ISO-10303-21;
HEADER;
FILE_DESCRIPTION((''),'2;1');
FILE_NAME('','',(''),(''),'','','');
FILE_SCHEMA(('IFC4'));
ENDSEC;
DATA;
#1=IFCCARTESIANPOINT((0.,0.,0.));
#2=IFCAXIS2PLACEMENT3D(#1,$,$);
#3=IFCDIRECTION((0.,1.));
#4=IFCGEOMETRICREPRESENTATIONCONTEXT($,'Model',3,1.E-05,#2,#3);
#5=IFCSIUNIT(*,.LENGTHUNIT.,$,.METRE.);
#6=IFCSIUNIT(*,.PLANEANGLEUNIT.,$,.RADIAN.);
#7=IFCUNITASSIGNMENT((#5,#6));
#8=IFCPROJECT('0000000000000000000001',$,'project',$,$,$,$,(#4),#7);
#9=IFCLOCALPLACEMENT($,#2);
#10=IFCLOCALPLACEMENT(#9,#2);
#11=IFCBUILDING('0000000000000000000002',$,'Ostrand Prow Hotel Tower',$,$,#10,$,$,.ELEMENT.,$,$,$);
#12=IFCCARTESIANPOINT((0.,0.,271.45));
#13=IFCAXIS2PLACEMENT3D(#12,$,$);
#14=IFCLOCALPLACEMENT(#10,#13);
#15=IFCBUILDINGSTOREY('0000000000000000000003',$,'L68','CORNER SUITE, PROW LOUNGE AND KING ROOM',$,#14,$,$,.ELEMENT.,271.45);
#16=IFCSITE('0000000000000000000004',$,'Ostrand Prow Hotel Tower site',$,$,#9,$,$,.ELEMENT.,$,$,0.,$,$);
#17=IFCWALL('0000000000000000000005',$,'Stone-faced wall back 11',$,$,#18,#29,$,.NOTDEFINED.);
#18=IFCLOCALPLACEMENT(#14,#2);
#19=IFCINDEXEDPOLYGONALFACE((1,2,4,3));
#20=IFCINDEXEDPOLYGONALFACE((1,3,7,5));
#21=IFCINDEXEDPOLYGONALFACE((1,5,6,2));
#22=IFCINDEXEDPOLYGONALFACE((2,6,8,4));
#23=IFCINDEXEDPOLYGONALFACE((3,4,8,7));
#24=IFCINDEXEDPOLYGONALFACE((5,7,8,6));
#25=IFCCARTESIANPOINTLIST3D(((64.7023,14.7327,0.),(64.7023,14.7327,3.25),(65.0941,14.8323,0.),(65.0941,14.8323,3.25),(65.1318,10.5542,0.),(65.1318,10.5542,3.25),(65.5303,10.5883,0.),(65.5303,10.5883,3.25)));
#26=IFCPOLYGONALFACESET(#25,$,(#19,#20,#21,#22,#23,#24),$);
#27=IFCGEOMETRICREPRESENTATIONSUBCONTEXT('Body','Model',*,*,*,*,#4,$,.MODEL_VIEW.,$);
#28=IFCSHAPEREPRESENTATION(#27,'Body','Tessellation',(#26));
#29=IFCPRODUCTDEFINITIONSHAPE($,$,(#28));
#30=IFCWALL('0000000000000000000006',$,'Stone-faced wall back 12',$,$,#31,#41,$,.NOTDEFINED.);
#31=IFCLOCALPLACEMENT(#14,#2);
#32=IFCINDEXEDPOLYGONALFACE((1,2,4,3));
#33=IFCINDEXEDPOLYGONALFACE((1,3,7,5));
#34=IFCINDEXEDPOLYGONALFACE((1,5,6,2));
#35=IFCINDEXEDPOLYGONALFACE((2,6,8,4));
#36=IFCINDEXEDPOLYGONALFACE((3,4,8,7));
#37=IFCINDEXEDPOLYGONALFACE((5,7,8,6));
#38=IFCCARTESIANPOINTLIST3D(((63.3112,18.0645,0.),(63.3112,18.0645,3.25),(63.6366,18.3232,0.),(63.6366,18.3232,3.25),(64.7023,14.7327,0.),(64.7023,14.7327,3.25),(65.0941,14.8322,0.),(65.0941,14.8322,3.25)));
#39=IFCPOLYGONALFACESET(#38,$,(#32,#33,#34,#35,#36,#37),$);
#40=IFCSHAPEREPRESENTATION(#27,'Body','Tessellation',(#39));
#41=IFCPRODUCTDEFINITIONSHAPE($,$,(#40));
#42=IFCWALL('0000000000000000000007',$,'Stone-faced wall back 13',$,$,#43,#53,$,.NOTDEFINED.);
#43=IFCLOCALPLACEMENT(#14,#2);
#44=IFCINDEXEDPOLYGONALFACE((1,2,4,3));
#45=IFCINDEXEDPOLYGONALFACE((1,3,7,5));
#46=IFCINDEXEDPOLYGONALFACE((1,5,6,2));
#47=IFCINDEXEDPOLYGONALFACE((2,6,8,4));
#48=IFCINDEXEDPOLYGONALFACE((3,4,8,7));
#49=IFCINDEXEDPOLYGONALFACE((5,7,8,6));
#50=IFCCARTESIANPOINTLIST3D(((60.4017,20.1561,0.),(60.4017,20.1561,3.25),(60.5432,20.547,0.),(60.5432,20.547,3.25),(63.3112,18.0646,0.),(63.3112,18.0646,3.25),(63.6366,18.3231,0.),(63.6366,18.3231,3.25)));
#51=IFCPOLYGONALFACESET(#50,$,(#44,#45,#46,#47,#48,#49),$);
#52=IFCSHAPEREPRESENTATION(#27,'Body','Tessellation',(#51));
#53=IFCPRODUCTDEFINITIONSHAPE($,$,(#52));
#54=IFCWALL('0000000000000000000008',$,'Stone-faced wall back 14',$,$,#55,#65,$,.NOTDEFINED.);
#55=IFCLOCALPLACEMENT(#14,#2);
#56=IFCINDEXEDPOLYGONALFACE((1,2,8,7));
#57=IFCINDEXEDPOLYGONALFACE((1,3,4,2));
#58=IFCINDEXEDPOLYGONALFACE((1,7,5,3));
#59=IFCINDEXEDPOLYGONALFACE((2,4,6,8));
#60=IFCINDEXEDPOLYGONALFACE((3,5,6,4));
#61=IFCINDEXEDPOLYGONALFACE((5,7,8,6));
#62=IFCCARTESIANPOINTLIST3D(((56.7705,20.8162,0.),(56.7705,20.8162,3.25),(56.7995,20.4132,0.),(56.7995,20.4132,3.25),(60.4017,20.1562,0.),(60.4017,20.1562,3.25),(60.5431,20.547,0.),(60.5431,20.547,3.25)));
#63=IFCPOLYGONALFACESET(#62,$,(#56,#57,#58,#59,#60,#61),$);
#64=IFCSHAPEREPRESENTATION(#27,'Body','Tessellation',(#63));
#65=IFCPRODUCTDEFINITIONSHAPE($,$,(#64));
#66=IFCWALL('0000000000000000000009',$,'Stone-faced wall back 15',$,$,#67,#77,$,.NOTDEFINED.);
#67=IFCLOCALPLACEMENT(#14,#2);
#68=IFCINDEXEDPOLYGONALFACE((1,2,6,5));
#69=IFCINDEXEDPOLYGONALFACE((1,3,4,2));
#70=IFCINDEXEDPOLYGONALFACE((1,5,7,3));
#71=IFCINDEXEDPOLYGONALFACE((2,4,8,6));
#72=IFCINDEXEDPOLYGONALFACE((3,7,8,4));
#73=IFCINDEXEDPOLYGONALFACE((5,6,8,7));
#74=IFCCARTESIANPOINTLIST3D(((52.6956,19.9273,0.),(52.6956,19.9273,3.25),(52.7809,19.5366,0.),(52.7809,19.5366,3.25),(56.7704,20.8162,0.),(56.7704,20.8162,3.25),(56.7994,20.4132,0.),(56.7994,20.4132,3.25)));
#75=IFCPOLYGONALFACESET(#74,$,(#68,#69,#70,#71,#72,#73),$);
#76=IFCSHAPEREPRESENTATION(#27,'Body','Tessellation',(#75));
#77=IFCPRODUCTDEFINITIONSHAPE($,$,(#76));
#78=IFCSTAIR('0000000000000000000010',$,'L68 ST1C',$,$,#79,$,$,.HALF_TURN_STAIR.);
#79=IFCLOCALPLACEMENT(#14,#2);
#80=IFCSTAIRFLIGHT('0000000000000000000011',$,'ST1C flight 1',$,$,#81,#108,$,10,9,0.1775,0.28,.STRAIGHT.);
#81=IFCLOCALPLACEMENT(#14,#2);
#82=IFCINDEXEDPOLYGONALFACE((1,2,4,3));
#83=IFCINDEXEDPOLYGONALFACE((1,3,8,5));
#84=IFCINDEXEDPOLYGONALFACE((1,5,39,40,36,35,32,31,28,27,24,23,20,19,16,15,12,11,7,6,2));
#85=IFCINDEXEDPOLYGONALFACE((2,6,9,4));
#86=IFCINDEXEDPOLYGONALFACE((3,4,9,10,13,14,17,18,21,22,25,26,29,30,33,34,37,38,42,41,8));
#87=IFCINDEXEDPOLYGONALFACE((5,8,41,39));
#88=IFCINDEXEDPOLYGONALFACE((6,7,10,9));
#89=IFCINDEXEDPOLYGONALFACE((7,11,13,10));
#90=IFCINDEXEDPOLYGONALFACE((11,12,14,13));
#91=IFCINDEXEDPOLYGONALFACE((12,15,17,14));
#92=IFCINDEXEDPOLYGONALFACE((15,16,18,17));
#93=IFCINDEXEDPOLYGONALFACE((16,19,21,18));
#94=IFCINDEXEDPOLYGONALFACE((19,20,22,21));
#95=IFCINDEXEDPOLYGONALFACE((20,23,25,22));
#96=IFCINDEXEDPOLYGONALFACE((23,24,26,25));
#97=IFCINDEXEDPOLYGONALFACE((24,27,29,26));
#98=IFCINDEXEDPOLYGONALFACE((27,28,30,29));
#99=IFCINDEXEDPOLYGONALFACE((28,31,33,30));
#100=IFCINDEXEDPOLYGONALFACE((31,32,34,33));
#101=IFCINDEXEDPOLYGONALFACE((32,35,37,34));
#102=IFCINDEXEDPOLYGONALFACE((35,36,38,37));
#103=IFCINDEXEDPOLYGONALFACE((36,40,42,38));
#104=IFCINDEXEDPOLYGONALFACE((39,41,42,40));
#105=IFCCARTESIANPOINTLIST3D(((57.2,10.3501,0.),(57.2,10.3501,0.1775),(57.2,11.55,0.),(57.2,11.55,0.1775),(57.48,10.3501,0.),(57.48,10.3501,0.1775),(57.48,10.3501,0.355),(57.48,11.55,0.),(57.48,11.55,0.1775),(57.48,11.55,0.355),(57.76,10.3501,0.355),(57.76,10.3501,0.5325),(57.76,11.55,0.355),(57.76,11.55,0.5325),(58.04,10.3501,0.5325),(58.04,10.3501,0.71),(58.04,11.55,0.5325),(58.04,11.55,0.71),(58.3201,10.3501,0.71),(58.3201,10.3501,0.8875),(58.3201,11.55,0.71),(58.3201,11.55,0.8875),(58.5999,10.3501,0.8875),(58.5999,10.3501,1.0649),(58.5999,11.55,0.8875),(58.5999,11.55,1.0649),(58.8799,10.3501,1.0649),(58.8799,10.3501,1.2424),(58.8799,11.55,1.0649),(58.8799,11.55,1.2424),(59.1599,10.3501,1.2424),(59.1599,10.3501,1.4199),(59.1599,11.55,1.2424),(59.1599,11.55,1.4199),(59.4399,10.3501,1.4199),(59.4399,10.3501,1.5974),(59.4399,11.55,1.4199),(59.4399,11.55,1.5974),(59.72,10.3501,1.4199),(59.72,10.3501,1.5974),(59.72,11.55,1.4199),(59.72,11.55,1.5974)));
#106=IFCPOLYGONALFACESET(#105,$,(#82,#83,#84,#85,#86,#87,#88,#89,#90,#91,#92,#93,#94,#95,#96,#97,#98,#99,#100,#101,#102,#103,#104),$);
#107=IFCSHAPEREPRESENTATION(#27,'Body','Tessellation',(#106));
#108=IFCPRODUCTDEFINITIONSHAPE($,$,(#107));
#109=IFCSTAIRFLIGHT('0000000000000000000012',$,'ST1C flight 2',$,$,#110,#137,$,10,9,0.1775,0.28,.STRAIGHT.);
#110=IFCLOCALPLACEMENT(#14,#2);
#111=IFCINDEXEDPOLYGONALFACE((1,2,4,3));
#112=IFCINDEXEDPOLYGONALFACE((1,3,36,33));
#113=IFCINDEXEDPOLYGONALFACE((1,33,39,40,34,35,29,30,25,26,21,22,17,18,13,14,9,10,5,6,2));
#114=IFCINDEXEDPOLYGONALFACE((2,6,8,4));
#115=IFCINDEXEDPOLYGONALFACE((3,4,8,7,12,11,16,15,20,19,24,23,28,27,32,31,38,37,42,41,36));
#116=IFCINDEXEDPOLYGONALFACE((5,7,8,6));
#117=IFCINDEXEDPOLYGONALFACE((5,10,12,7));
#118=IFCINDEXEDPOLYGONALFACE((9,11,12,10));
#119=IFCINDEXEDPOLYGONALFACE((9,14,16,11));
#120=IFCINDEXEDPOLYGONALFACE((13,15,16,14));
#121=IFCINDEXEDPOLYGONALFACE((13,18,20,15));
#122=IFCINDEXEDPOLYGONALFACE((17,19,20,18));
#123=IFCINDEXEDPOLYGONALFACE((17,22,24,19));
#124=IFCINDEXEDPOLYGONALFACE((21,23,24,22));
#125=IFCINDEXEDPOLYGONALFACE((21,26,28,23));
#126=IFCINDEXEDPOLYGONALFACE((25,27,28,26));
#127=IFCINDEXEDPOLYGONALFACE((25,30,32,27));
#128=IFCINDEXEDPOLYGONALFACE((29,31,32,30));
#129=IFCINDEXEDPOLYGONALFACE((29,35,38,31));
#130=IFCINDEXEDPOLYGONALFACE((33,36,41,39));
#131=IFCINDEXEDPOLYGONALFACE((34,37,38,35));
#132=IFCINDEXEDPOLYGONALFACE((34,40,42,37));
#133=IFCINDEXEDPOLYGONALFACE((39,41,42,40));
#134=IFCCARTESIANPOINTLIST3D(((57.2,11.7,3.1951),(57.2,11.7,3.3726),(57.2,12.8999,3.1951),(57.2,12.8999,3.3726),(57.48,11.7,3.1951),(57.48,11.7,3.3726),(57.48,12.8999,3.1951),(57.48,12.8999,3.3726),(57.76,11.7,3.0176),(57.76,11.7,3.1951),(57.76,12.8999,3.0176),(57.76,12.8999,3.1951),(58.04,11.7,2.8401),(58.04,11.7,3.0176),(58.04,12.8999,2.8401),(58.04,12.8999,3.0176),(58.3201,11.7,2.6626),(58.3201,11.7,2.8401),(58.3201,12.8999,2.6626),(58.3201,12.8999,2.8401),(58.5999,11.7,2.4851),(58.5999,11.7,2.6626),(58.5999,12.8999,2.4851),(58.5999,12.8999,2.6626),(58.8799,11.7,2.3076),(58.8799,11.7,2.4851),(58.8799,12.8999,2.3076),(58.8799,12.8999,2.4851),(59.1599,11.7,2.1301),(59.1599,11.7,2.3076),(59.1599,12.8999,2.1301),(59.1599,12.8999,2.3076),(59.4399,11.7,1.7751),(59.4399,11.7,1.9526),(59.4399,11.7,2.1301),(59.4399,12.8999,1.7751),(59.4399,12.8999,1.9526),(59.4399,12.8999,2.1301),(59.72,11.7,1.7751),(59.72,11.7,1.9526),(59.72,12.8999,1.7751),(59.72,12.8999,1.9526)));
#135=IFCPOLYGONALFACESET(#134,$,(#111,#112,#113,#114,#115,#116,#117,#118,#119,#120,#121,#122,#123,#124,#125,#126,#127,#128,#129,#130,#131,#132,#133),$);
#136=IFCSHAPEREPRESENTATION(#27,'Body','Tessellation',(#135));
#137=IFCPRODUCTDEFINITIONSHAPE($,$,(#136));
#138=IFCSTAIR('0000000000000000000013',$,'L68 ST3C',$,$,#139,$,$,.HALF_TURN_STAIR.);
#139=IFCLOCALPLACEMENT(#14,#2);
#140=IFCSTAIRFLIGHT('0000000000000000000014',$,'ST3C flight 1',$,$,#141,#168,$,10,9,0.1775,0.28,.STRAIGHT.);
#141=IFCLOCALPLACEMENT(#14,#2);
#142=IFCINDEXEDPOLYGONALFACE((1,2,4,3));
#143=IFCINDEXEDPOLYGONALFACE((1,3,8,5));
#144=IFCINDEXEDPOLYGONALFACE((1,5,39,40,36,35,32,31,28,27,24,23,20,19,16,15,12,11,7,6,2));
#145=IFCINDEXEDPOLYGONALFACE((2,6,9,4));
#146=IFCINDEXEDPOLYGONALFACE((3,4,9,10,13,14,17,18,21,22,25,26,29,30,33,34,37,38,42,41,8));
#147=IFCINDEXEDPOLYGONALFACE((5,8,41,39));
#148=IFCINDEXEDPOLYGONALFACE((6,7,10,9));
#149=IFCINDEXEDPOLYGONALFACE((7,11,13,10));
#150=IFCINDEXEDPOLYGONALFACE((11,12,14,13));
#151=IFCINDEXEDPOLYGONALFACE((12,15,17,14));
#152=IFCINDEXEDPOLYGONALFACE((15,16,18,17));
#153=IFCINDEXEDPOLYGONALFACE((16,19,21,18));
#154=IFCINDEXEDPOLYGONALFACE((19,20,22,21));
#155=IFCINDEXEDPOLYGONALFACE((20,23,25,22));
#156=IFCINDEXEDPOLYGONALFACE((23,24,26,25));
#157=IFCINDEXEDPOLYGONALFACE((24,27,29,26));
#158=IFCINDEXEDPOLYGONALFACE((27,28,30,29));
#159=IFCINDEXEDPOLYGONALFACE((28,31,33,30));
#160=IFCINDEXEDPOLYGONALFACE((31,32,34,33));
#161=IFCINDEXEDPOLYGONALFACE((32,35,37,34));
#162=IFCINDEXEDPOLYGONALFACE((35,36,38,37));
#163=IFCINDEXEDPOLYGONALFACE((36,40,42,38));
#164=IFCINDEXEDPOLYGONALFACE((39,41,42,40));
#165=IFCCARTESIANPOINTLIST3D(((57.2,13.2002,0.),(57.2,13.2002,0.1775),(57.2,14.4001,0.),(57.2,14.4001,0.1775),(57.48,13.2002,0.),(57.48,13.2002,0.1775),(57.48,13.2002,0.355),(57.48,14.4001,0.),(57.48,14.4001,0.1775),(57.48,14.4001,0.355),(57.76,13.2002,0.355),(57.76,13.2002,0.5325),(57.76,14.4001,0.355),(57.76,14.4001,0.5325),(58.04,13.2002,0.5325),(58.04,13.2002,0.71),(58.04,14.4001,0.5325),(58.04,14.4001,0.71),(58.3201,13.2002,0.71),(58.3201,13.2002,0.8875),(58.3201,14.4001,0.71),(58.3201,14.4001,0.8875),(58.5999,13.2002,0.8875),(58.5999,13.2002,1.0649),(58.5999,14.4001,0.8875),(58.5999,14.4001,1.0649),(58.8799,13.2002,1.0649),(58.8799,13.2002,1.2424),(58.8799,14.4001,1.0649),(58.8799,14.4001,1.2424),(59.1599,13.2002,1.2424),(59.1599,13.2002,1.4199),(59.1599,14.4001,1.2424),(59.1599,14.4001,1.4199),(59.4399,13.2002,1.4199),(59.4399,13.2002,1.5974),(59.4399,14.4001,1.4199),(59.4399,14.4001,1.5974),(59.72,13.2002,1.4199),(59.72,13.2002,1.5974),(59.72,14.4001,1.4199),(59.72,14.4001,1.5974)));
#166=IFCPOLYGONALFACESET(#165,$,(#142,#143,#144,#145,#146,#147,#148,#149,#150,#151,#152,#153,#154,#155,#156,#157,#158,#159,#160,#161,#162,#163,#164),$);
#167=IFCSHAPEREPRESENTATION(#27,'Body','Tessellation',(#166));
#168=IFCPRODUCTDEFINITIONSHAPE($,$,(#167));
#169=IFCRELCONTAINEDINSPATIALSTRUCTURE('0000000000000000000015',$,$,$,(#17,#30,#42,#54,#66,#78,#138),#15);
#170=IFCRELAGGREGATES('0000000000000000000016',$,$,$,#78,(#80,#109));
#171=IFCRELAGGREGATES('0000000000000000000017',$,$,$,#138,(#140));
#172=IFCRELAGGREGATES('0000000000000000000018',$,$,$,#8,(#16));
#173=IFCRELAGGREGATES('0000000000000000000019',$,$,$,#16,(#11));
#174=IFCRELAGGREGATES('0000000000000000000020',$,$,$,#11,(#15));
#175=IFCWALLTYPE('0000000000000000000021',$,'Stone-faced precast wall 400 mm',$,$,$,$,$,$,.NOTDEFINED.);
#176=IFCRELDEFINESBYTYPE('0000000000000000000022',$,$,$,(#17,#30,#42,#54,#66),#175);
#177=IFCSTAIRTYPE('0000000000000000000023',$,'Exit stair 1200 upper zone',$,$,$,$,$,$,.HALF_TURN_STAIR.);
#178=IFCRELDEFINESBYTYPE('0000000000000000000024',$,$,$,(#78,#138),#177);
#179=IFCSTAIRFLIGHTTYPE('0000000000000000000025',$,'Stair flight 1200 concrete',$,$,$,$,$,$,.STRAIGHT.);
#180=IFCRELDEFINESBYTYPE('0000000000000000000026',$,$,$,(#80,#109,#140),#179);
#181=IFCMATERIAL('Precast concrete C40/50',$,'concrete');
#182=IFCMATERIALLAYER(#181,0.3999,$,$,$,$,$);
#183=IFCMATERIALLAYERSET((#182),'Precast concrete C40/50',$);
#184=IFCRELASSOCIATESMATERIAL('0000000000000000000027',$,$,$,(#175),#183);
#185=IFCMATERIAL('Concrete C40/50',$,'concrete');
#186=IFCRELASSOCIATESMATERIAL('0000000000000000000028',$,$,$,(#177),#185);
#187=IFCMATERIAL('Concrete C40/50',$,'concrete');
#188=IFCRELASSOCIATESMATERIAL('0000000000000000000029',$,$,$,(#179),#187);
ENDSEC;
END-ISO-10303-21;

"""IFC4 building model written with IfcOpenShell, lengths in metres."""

from ifc_helpers import new_model, si_unit, direction, frame, origin, place, context, subcontext, project, spatial, polyline, outline, extrude, material, layer, layer_set, type_object, element, aggregate, save


model = new_model("IFC4")

# Units and contexts
model_context = context("Model", 3, precision=1e-05, world=origin(), true_north=direction((0.0, 1.0)))
body_context = subcontext(model_context, "Body", "Model", "MODEL_VIEW")
ifc_project = project(units=[si_unit("LENGTHUNIT", "METRE"), si_unit("PLANEANGLEUNIT", "RADIAN")], contexts=[model_context])

# Site, building, storey
site_placement = place(None, origin())
site = spatial("IfcSite", under=ifc_project, at=site_placement, Name="Ostrand Prow Hotel Tower site", CompositionType="ELEMENT", RefElevation=0.0)
building_placement = place(site_placement, origin())
building = spatial("IfcBuilding", under=site, at=building_placement, Name="Ostrand Prow Hotel Tower", CompositionType="ELEMENT")
storey_placement = place(building_placement, frame((0.0, 0.0, 271.45)))
storey = spatial("IfcBuildingStorey", under=building, at=storey_placement, Name="L68", Description="CORNER SUITE, PROW LOUNGE AND KING ROOM", CompositionType="ELEMENT", Elevation=271.45)

# Shared definitions
ifc_material_1 = material(Name="Precast concrete C40/50", Category="concrete")
ifc_layer_1 = layer(ifc_material_1, 0.3999)
ifc_layer_set_1 = layer_set([ifc_layer_1], Name="Precast concrete C40/50")
wall_type_1 = type_object("IfcWallType", Name="Stone-faced precast wall 400 mm", PredefinedType="NOTDEFINED", material=ifc_layer_set_1)

# Walls
wall_1_placement = place(storey_placement, frame((65.3311, 10.5713, 0.0), z_axis=(0.0, 0.0, 1.0), x_axis=(-0.10225, 0.994759, 0.0)))
element("IfcWall", 1, at=wall_1_placement, inside=storey, type_object=wall_type_1, Name="Stone-faced wall back 11", PredefinedType="NOTDEFINED", context=body_context, shape_type="SweptSolid", body=[
    extrude(outline(polyline([(-0.0034, -0.2), (4.2629, -0.2), (4.2039, 0.2), (0.0034, 0.2), (-0.0034, -0.2)])), origin(), (0.0, 0.0, 1.0), 3.25),
])
wall_2_placement = place(storey_placement, frame((64.8982, 14.7825, 0.0), z_axis=(0.0, 0.0, 1.0), x_axis=(-0.385286, 0.922797, 0.0)))
element("IfcWall", 2, at=wall_2_placement, inside=storey, type_object=wall_type_1, Name="Stone-faced wall back 12", PredefinedType="NOTDEFINED", context=body_context, shape_type="SweptSolid", body=[
    extrude(outline(polyline([(-0.0295, -0.2), (3.7534, -0.2), (3.6401, 0.2), (0.0295, 0.2), (-0.0295, -0.2)])), origin(), (0.0, 0.0, 1.0), 3.25),
])
wall_3_placement = place(storey_placement, frame((63.4739, 18.1938, 0.0), z_axis=(0.0, 0.0, 1.0), x_axis=(-0.811963, 0.58371, 0.0)))
element("IfcWall", 3, at=wall_3_placement, inside=storey, type_object=wall_type_1, Name="Stone-faced wall back 13", PredefinedType="NOTDEFINED", context=body_context, shape_type="SweptSolid", body=[
    extrude(outline(polyline([(-0.0566, -0.2), (3.7532, -0.2), (3.6399, 0.2), (0.0566, 0.2), (-0.0566, -0.2)])), origin(), (0.0, 0.0, 1.0), 3.25),
])
wall_4_placement = place(storey_placement, frame((60.4724, 20.3516, 0.0), z_axis=(0.0, 0.0, 1.0), x_axis=(-0.997463, 0.071191, 0.0)))
element("IfcWall", 4, at=wall_4_placement, inside=storey, type_object=wall_type_1, Name="Stone-faced wall back 14", PredefinedType="NOTDEFINED", context=body_context, shape_type="SweptSolid", body=[
    extrude(outline(polyline([(-0.0566, -0.2), (3.7256, -0.2), (3.668, 0.2), (0.0566, 0.2), (-0.0566, -0.2)])), origin(), (0.0, 0.0, 1.0), 3.25),
])
wall_5_placement = place(storey_placement, frame((56.7849, 20.6147, 0.0), z_axis=(0.0, 0.0, 1.0), x_axis=(-0.97702, -0.213147, 0.0)))
element("IfcWall", 5, at=wall_5_placement, inside=storey, type_object=wall_type_1, Name="Stone-faced wall back 15", PredefinedType="NOTDEFINED", context=body_context, shape_type="SweptSolid", body=[
    extrude(outline(polyline([(-0.0288, -0.2), (4.1418, -0.2), (4.1418, 0.2), (0.0288, 0.2), (-0.0288, -0.2)])), origin(), (0.0, 0.0, 1.0), 3.25),
])

# Stairs, stair flights
ifc_material_2 = material(Name="Concrete C40/50", Category="concrete")
stair_type = type_object("IfcStairType", Name="Exit stair 1200 upper zone", PredefinedType="HALF_TURN_STAIR", material=ifc_material_2)
stair_1_placement = place(storey_placement, origin())
stair_1 = element("IfcStair", 6, at=stair_1_placement, inside=storey, type_object=stair_type, Name="L68 ST1C", PredefinedType="HALF_TURN_STAIR")
ifc_material_3 = material(Name="Concrete C40/50", Category="concrete")
stair_flight_type = type_object("IfcStairFlightType", Name="Stair flight 1200 concrete", PredefinedType="STRAIGHT", material=ifc_material_3)
stair_flight_1_placement = place(storey_placement, frame((57.2, 10.95, 0.0), z_axis=(0.0, 0.0, 1.0), x_axis=(1.0, 0.0, 0.0)))
stair_flight_1 = element("IfcStairFlight", 7, at=stair_flight_1_placement, type_object=stair_flight_type, Name="ST1C flight 1", NumberOfRisers=10, NumberOfTreads=9, PredefinedType="STRAIGHT", RiserHeight=0.1775, TreadLength=0.28, context=body_context, shape_type="SweptSolid", body=[
    extrude(outline(polyline([(0.0, 0.0), (0.0, 0.1775), (0.28, 0.1775), (0.28, 0.355), (0.5601, 0.355), (0.5601, 0.5325), (0.8401, 0.5325), (0.8401, 0.71), (1.1201, 0.71), (1.1201, 0.8875), (1.3999, 0.8875), (1.3999, 1.0649), (1.6799, 1.0649), (1.6799, 1.2424), (1.96, 1.2424), (1.96, 1.4199), (2.24, 1.4199), (2.24, 1.5974), (2.52, 1.5974), (2.52, 1.7749), (2.52, 1.4199), (0.28, 0.0), (0.0, 0.0)])), frame((0.0, 0.6001, 0.0), z_axis=(0.0, -1.0, 0.0), x_axis=(1.0, 0.0, 0.0)), (0.0, 0.0, 1.0), 1.2),
])
stair_flight_2_placement = place(storey_placement, frame((59.72, 12.3, 1.7751), z_axis=(0.0, 0.0, 1.0), x_axis=(-1.0, 0.0, 0.0)))
stair_flight_2 = element("IfcStairFlight", 8, at=stair_flight_2_placement, type_object=stair_flight_type, Name="ST1C flight 2", NumberOfRisers=10, NumberOfTreads=9, PredefinedType="STRAIGHT", RiserHeight=0.1775, TreadLength=0.28, context=body_context, shape_type="SweptSolid", body=[
    extrude(outline(polyline([(0.0, 0.0), (0.0, 0.1775), (0.28, 0.1775), (0.28, 0.355), (0.5601, 0.355), (0.5601, 0.5325), (0.8401, 0.5325), (0.8401, 0.71), (1.1201, 0.71), (1.1201, 0.8875), (1.3999, 0.8875), (1.3999, 1.0649), (1.6799, 1.0649), (1.6799, 1.2424), (1.96, 1.2424), (1.96, 1.4199), (2.24, 1.4199), (2.24, 1.5974), (2.52, 1.5974), (2.52, 1.7749), (2.52, 1.4199), (0.28, 0.0), (0.0, 0.0)])), frame((0.0, 0.6001, 0.0), z_axis=(0.0, -1.0, 0.0), x_axis=(1.0, 0.0, 0.0)), (0.0, 0.0, 1.0), 1.2),
])
aggregate(stair_1, [stair_flight_1, stair_flight_2])
stair_2_placement = place(storey_placement, origin())
stair_2 = element("IfcStair", 9, at=stair_2_placement, inside=storey, type_object=stair_type, Name="L68 ST3C", PredefinedType="HALF_TURN_STAIR")
stair_flight_3_placement = place(storey_placement, frame((57.2, 13.8, 0.0), z_axis=(0.0, 0.0, 1.0), x_axis=(1.0, 0.0, 0.0)))
stair_flight_3 = element("IfcStairFlight", 10, at=stair_flight_3_placement, type_object=stair_flight_type, Name="ST3C flight 1", NumberOfRisers=10, NumberOfTreads=9, PredefinedType="STRAIGHT", RiserHeight=0.1775, TreadLength=0.28, context=body_context, shape_type="SweptSolid", body=[
    extrude(outline(polyline([(0.0, 0.0), (0.0, 0.1775), (0.28, 0.1775), (0.28, 0.355), (0.5601, 0.355), (0.5601, 0.5325), (0.8401, 0.5325), (0.8401, 0.71), (1.1201, 0.71), (1.1201, 0.8875), (1.3999, 0.8875), (1.3999, 1.0649), (1.6799, 1.0649), (1.6799, 1.2424), (1.96, 1.2424), (1.96, 1.4199), (2.24, 1.4199), (2.24, 1.5974), (2.52, 1.5974), (2.52, 1.7749), (2.52, 1.4199), (0.28, 0.0), (0.0, 0.0)])), frame((0.0, 0.6001, 0.0), z_axis=(0.0, -1.0, 0.0), x_axis=(1.0, 0.0, 0.0)), (0.0, 0.0, 1.0), 1.2),
])
aggregate(stair_2, [stair_flight_3])

save(model, "model.ifc")
